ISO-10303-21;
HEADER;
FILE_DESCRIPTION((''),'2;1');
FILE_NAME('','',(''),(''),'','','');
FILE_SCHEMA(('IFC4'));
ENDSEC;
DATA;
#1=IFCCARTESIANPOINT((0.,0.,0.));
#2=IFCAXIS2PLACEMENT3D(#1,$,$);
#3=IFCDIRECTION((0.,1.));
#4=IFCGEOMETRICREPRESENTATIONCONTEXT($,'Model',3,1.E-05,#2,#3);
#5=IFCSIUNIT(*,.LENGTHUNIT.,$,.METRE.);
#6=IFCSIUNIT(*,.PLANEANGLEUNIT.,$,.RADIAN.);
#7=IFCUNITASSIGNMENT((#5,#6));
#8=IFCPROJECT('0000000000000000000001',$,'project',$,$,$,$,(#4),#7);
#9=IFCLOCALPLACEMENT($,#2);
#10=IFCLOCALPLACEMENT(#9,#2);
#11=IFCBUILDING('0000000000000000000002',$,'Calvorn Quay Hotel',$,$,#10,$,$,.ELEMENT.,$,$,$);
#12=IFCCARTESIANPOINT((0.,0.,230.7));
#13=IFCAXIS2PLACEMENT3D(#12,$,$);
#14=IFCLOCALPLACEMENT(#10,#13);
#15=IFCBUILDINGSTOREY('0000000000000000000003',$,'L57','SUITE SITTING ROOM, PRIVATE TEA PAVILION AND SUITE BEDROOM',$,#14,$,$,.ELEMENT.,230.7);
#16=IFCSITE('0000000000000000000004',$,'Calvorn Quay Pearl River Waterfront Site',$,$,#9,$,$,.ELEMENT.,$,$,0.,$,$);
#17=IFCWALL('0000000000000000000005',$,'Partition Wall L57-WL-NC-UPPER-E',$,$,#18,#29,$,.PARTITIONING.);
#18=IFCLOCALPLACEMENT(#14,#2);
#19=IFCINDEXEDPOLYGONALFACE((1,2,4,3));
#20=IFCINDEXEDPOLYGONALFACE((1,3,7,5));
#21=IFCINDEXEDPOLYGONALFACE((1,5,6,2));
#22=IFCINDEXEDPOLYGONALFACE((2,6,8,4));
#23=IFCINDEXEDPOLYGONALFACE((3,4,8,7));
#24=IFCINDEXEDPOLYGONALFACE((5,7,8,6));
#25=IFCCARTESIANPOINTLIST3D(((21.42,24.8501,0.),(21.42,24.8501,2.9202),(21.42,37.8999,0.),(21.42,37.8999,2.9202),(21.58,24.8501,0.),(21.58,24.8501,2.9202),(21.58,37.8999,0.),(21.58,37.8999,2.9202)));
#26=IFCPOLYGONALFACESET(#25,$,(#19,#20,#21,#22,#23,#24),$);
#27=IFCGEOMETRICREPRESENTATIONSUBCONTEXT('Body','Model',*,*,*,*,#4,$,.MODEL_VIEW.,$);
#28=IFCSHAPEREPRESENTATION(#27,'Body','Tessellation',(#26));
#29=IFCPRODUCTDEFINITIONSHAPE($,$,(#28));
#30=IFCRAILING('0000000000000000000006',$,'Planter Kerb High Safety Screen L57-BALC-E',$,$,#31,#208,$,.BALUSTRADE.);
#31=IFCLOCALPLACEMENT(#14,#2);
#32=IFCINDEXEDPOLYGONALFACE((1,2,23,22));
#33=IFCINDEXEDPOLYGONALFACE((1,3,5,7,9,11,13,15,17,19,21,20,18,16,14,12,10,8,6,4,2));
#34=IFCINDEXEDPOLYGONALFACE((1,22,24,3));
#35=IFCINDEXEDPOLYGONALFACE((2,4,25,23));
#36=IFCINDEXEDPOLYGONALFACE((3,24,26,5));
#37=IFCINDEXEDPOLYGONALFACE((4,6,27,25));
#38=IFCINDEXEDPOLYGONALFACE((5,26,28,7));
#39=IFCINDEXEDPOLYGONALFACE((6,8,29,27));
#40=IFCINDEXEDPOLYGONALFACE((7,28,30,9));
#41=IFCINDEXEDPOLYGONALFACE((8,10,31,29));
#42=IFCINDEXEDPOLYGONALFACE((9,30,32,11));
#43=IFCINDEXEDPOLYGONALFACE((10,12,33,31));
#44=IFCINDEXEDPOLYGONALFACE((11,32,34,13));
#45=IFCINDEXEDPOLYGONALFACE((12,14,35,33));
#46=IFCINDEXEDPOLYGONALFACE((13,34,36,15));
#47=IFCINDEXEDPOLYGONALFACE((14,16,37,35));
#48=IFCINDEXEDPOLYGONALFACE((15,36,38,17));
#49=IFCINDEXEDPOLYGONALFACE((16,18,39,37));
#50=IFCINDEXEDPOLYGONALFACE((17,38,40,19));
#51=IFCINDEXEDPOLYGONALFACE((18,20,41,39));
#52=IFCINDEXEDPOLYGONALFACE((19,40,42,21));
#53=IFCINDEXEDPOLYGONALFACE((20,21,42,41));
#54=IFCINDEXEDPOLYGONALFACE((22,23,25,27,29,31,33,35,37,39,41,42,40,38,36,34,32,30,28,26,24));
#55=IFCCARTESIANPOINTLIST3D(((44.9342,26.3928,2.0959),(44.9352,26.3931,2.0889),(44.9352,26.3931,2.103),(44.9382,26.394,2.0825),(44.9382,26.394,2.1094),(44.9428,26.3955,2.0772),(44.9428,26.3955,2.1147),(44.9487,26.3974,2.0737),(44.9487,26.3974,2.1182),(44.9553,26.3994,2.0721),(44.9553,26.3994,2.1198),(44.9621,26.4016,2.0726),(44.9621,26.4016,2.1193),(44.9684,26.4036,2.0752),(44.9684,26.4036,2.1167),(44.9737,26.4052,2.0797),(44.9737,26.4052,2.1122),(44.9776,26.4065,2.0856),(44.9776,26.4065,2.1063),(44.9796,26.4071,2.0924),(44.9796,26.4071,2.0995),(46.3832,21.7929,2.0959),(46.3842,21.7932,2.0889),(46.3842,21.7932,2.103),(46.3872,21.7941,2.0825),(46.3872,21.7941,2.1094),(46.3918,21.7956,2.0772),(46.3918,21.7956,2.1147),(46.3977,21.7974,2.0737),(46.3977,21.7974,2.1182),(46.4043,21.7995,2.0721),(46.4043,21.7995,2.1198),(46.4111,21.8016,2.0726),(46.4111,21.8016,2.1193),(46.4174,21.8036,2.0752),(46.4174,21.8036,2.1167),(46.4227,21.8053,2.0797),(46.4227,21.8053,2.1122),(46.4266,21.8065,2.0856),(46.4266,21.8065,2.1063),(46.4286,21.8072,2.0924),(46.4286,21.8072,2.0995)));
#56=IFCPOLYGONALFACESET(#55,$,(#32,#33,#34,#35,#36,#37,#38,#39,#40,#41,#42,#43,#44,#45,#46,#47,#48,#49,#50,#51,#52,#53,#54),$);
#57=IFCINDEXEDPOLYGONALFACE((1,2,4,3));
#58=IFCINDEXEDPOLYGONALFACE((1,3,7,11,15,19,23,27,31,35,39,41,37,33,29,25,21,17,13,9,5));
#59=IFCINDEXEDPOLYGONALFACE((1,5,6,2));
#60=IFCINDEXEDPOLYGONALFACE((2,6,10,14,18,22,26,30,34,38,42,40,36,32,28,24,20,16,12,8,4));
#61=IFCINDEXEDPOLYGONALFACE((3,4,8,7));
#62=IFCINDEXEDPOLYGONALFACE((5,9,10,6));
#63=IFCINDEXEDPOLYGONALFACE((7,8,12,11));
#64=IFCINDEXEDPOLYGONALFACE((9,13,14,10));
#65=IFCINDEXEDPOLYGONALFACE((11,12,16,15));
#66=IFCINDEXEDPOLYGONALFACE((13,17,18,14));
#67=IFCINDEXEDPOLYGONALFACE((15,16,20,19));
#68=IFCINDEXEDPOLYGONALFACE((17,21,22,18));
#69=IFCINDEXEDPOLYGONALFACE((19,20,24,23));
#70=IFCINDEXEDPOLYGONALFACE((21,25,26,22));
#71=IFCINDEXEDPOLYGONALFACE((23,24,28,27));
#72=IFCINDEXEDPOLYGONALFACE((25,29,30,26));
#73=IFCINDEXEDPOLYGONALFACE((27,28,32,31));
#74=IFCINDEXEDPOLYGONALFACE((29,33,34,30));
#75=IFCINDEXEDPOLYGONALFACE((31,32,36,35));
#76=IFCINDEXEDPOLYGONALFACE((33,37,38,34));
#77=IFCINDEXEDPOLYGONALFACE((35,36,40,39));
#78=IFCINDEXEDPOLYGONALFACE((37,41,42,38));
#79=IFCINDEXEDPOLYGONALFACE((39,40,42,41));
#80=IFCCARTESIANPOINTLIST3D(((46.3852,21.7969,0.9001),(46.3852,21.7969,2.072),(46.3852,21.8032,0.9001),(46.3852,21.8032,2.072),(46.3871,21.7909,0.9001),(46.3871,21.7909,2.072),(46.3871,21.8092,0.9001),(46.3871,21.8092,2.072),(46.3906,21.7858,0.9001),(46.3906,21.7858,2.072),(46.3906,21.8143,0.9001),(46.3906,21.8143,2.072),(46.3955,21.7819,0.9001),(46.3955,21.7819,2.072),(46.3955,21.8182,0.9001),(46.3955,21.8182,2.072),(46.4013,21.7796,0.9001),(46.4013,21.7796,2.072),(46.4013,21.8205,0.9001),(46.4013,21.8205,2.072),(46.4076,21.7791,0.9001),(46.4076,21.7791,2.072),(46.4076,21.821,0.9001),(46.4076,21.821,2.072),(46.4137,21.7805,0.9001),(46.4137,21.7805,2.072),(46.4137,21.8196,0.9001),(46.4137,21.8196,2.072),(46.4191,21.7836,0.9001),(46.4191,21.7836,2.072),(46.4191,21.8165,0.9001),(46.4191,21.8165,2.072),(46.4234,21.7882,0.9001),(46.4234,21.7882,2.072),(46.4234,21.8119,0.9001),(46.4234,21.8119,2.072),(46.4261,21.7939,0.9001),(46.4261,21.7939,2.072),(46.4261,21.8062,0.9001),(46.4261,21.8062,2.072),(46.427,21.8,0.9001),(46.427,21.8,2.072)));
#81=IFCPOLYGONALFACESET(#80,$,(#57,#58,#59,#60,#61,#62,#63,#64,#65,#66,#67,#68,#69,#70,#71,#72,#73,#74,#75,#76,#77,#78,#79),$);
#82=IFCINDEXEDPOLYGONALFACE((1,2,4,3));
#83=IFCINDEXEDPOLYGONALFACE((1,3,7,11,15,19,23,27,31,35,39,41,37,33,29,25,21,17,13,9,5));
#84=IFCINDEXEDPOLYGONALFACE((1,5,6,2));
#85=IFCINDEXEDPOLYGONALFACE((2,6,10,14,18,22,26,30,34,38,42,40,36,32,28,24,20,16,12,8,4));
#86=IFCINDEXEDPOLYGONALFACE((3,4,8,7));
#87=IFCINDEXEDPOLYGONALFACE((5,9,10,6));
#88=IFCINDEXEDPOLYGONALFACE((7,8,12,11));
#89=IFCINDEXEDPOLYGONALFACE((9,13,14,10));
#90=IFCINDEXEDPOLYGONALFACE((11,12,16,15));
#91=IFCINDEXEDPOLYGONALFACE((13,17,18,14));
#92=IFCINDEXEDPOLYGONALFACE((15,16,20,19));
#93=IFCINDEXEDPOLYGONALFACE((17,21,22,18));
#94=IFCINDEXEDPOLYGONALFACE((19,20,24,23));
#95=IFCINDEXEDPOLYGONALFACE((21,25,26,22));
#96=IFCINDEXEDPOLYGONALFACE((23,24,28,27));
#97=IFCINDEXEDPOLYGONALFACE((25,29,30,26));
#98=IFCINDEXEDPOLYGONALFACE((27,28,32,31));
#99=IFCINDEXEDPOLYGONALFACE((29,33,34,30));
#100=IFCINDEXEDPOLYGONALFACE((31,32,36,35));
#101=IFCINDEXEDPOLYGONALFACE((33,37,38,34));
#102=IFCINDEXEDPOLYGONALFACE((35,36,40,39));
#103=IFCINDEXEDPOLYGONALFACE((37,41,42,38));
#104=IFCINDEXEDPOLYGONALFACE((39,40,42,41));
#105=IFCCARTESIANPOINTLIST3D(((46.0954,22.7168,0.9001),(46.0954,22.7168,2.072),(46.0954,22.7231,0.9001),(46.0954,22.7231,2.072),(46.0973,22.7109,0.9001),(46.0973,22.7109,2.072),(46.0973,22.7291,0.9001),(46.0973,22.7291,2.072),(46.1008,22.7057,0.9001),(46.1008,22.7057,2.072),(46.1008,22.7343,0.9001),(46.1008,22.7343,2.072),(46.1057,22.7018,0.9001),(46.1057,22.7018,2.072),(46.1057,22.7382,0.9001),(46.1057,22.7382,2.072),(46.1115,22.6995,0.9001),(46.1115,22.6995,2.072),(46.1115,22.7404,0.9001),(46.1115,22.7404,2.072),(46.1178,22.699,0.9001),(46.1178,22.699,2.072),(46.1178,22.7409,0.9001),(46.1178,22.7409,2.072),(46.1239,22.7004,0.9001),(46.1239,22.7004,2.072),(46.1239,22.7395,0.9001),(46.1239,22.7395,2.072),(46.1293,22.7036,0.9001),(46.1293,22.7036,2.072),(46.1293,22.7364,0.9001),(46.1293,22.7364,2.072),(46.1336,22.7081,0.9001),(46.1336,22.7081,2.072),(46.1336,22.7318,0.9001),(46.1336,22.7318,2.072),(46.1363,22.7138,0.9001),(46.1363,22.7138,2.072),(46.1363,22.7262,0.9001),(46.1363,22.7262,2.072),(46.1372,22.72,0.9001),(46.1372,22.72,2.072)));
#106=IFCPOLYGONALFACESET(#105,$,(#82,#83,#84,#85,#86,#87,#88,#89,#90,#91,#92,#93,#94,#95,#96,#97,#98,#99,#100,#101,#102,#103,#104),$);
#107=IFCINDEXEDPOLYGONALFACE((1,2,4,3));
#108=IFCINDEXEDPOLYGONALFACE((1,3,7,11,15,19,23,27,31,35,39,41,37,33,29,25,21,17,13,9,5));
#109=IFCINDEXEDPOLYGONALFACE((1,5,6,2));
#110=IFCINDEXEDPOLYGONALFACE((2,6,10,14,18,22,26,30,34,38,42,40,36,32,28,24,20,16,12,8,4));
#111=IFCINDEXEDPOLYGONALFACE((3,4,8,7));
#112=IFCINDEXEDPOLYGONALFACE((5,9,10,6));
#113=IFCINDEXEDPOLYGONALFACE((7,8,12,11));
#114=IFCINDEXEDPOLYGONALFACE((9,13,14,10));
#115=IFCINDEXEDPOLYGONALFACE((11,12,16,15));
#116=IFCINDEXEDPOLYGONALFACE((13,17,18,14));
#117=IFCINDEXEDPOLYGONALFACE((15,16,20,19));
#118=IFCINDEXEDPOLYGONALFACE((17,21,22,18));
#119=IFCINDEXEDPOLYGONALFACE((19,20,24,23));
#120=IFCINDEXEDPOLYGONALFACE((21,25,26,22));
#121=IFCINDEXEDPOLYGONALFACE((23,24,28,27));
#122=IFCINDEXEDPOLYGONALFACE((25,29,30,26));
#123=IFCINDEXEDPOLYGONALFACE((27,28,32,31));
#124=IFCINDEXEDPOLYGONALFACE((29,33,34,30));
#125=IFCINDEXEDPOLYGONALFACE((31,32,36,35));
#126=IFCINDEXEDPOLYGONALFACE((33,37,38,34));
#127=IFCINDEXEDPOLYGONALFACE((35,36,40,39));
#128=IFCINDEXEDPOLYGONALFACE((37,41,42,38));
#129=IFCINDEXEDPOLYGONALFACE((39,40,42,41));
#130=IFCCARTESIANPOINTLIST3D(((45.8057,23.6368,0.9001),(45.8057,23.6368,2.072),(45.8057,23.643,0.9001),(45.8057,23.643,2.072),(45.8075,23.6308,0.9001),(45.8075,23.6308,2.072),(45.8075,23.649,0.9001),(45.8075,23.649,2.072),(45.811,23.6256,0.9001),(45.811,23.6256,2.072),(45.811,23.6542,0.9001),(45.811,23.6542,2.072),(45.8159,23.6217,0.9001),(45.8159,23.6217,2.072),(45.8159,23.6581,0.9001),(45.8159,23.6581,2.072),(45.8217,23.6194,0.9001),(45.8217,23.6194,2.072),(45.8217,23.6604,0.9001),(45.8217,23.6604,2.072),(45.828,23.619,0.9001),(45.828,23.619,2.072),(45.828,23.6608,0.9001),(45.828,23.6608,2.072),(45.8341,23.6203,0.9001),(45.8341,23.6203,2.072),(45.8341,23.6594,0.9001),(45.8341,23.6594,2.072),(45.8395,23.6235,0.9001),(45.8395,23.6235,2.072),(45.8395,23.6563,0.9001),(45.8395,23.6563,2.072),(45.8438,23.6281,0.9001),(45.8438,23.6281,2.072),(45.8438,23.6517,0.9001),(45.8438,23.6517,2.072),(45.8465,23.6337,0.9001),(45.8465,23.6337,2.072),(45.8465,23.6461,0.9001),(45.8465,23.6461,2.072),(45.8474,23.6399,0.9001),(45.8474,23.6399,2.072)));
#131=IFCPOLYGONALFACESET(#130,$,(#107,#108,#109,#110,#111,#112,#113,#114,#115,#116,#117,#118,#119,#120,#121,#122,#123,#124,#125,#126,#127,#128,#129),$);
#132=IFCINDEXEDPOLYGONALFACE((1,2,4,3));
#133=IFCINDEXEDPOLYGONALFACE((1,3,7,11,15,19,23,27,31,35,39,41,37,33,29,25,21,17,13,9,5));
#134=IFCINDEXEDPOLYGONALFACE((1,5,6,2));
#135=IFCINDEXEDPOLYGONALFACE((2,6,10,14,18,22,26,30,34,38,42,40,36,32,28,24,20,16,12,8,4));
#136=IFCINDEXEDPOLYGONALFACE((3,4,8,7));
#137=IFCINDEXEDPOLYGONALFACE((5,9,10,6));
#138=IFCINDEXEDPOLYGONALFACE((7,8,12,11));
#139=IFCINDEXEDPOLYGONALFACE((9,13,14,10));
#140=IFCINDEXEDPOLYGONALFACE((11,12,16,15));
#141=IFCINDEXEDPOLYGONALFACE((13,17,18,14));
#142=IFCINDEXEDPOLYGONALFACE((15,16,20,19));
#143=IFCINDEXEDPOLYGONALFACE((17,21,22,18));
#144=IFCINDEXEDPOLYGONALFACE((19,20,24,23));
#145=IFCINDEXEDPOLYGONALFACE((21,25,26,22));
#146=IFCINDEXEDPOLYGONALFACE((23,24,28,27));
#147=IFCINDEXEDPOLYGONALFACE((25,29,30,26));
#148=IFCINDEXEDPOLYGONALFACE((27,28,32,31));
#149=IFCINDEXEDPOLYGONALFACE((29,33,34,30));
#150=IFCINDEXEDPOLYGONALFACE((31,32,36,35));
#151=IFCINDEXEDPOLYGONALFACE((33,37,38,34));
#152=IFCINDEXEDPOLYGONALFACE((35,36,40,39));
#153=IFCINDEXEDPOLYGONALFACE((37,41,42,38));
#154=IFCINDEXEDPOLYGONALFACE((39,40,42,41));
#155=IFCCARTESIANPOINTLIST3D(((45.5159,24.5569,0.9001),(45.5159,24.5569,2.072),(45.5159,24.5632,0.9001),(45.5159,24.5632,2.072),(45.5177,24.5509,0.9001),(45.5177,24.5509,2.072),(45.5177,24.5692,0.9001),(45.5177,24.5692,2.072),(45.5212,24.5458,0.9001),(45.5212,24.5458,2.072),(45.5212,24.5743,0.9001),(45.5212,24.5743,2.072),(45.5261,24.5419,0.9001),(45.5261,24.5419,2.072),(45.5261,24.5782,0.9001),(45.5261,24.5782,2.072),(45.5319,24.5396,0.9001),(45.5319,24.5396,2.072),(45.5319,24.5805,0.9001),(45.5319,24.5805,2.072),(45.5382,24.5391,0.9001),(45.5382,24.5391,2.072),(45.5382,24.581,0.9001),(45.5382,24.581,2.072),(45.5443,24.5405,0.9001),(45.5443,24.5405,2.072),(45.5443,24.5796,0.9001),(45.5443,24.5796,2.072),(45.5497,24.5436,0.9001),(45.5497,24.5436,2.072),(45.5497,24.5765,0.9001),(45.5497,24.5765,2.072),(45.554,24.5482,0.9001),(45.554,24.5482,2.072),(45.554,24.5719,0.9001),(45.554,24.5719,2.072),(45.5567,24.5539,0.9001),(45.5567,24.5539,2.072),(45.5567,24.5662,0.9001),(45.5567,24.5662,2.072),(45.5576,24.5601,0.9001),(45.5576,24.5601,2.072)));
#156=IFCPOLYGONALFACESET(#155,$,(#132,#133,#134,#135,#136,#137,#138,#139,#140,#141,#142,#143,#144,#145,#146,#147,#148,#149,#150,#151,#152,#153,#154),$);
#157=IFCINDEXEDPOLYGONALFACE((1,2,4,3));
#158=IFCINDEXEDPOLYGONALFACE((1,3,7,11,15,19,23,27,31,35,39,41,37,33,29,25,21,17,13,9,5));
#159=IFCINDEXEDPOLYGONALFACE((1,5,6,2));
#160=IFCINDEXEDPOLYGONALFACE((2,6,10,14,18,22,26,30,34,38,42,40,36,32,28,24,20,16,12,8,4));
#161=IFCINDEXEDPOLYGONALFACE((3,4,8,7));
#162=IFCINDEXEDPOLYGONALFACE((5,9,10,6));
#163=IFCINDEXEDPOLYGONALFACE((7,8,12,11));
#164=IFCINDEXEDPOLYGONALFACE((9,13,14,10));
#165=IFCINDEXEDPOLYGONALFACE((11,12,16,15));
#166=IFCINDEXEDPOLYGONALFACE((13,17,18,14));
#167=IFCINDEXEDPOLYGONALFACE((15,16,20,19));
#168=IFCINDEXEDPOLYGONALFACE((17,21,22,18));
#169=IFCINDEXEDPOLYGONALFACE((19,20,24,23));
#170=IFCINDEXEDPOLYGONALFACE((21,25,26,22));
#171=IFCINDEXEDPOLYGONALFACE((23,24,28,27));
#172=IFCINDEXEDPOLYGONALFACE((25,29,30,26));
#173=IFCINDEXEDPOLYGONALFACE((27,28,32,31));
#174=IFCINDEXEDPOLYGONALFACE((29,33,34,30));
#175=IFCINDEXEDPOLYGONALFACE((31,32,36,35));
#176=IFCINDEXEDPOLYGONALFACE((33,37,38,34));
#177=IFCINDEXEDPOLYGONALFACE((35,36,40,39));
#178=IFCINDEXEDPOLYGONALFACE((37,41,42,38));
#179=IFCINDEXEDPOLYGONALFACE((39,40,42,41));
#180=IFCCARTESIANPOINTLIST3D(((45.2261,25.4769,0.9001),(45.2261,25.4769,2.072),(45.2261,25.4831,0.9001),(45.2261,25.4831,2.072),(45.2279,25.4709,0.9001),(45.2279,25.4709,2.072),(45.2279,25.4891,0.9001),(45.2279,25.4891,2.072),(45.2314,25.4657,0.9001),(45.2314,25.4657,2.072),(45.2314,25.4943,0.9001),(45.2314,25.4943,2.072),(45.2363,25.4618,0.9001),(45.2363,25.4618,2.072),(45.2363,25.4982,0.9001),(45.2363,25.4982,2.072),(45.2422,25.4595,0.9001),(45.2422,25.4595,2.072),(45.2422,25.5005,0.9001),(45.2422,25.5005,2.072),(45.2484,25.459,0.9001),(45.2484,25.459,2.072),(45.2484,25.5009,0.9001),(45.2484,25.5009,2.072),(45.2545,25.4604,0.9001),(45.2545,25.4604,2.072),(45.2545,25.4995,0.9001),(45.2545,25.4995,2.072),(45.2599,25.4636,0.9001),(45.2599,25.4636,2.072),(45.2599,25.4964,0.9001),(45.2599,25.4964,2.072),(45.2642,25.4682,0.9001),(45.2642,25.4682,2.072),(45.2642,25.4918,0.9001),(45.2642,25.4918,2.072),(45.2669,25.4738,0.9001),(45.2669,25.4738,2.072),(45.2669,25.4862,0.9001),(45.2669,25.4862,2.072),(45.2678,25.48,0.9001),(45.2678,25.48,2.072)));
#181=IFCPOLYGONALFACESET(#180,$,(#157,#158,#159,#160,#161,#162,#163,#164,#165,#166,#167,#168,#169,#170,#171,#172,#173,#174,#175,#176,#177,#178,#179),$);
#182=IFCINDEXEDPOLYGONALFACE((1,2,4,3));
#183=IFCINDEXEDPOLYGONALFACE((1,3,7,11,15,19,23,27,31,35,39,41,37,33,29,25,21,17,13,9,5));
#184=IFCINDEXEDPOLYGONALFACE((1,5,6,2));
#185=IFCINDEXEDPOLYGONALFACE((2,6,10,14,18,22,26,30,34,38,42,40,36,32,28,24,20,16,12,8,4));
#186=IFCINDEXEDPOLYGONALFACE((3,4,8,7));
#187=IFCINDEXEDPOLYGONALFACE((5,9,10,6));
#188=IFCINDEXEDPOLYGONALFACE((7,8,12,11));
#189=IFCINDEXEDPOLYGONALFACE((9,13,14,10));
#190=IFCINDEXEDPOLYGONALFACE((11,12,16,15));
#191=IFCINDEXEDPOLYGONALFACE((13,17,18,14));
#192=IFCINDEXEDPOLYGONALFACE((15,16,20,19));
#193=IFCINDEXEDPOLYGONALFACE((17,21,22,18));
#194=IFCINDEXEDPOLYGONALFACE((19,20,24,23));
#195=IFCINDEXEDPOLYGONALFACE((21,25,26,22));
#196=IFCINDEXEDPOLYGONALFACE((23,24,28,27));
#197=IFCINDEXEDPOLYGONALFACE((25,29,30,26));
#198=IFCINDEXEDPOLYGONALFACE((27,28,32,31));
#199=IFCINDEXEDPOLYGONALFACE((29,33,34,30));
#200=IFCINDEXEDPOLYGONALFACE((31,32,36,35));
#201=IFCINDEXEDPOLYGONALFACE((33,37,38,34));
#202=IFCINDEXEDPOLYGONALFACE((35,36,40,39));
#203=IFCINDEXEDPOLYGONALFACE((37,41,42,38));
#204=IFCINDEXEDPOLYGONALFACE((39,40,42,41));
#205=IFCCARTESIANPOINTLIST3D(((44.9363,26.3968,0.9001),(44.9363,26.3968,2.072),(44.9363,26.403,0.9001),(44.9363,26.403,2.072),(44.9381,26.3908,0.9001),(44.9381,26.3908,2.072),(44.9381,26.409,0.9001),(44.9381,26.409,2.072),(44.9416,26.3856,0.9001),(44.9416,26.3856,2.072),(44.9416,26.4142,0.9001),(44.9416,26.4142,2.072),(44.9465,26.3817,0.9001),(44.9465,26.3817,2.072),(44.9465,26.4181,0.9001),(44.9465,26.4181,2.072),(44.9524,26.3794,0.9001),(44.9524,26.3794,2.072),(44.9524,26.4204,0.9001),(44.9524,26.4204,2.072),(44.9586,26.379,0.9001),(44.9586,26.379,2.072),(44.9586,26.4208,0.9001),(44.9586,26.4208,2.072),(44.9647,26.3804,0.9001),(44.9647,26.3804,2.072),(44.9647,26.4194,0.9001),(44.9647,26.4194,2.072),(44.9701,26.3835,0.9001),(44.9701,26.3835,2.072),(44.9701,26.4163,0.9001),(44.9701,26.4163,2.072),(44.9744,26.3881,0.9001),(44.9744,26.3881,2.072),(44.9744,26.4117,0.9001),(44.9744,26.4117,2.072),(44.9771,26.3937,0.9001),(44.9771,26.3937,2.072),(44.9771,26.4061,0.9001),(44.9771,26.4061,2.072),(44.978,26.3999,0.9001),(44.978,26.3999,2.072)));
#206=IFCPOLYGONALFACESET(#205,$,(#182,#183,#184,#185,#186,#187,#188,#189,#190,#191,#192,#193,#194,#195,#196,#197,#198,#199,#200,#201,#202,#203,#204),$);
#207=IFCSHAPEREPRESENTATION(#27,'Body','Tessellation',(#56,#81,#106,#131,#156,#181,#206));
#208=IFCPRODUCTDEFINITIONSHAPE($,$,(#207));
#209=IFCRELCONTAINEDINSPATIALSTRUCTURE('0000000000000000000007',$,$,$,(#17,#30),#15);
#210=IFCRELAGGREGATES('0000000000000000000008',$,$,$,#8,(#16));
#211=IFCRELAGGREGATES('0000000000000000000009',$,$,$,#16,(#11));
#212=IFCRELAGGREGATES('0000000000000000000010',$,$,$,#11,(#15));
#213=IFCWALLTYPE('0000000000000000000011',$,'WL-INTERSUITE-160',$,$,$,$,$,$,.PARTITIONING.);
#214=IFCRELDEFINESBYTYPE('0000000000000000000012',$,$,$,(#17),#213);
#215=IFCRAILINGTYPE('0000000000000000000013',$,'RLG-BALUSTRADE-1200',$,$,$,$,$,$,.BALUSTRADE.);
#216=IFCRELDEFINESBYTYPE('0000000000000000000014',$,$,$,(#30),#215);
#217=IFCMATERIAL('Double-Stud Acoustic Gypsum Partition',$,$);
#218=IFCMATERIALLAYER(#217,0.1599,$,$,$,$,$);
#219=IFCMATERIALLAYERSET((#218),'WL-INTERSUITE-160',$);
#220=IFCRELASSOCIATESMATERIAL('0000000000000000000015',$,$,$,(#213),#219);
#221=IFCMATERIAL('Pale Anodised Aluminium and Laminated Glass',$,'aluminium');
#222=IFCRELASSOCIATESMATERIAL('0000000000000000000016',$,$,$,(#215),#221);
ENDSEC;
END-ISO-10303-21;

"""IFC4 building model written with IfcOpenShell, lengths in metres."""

from ifc_helpers import new_model, si_unit, direction, frame, frame_2d, origin, origin_2d, place, context, subcontext, project, spatial, rectangle, circle, extrude, material, layer, layer_set, type_object, element, save


model = new_model("IFC4")

# Units and contexts
model_context = context("Model", 3, precision=1e-05, world=origin(), true_north=direction((0.0, 1.0)))
body_context = subcontext(model_context, "Body", "Model", "MODEL_VIEW")
ifc_project = project(units=[si_unit("LENGTHUNIT", "METRE"), si_unit("PLANEANGLEUNIT", "RADIAN")], contexts=[model_context])

# Site, building, storey
site_placement = place(None, origin())
site = spatial("IfcSite", under=ifc_project, at=site_placement, Name="Calvorn Quay Pearl River Waterfront Site", CompositionType="ELEMENT", RefElevation=0.0)
building_placement = place(site_placement, origin())
building = spatial("IfcBuilding", under=site, at=building_placement, Name="Calvorn Quay Hotel", CompositionType="ELEMENT")
storey_placement = place(building_placement, frame((0.0, 0.0, 230.7)))
storey = spatial("IfcBuildingStorey", under=building, at=storey_placement, Name="L57", Description="SUITE SITTING ROOM, PRIVATE TEA PAVILION AND SUITE BEDROOM", CompositionType="ELEMENT", Elevation=230.7)

# Wall
ifc_material_1 = material(Name="Double-Stud Acoustic Gypsum Partition")
ifc_layer_1 = layer(ifc_material_1, 0.1599)
ifc_layer_set_1 = layer_set([ifc_layer_1], Name="WL-INTERSUITE-160")
wall_type_1 = type_object("IfcWallType", Name="WL-INTERSUITE-160", PredefinedType="PARTITIONING", material=ifc_layer_set_1)
wall_1_placement = place(storey_placement, frame((21.5, 24.8501, 0.0), z_axis=(0.0, 0.0, 1.0), x_axis=(0.0, 1.0, 0.0)))
element("IfcWall", 1, at=wall_1_placement, inside=storey, type_object=wall_type_1, Name="Partition Wall L57-WL-NC-UPPER-E", PredefinedType="PARTITIONING", context=body_context, shape_type="SweptSolid", body=[
    extrude(rectangle(XDim=13.0498, YDim=0.1599, at=frame_2d((6.5249, 0.0))), origin(), (0.0, 0.0, 1.0), 2.9202),
])

# Railing
ifc_material_2 = material(Name="Pale Anodised Aluminium and Laminated Glass", Category="aluminium")
railing_type = type_object("IfcRailingType", Name="RLG-BALUSTRADE-1200", PredefinedType="BALUSTRADE", material=ifc_material_2)
railing_1_placement = place(storey_placement, frame((46.406, 21.8, 0.9001)))
element("IfcRailing", 2, at=railing_1_placement, inside=storey, type_object=railing_type, Name="Planter Kerb High Safety Screen L57-BALC-E", PredefinedType="BALUSTRADE", context=body_context, shape_type="SweptSolid", body=[
    extrude(circle(Radius=0.0239, at=origin_2d()), frame((0.0, 0.0, 1.1958), z_axis=(-0.30045, 0.953797, 0.0), x_axis=(-0.953797, -0.30045, 0.0)), (0.0, 0.0, 1.0), 4.8228),
    extrude(circle(Radius=0.021, at=origin_2d()), origin(), (0.0, 0.0, 1.0), 1.1719),
    extrude(circle(Radius=0.021, at=origin_2d()), frame((-0.2898, 0.9199, 0.0)), (0.0, 0.0, 1.0), 1.1719),
    extrude(circle(Radius=0.021, at=origin_2d()), frame((-0.5796, 1.8398, 0.0)), (0.0, 0.0, 1.0), 1.1719),
    extrude(circle(Radius=0.021, at=origin_2d()), frame((-0.8694, 2.76, 0.0)), (0.0, 0.0, 1.0), 1.1719),
    extrude(circle(Radius=0.021, at=origin_2d()), frame((-1.1592, 3.6799, 0.0)), (0.0, 0.0, 1.0), 1.1719),
    extrude(circle(Radius=0.021, at=origin_2d()), frame((-1.449, 4.5999, 0.0)), (0.0, 0.0, 1.0), 1.1719),
])

save(model, "model.ifc")
